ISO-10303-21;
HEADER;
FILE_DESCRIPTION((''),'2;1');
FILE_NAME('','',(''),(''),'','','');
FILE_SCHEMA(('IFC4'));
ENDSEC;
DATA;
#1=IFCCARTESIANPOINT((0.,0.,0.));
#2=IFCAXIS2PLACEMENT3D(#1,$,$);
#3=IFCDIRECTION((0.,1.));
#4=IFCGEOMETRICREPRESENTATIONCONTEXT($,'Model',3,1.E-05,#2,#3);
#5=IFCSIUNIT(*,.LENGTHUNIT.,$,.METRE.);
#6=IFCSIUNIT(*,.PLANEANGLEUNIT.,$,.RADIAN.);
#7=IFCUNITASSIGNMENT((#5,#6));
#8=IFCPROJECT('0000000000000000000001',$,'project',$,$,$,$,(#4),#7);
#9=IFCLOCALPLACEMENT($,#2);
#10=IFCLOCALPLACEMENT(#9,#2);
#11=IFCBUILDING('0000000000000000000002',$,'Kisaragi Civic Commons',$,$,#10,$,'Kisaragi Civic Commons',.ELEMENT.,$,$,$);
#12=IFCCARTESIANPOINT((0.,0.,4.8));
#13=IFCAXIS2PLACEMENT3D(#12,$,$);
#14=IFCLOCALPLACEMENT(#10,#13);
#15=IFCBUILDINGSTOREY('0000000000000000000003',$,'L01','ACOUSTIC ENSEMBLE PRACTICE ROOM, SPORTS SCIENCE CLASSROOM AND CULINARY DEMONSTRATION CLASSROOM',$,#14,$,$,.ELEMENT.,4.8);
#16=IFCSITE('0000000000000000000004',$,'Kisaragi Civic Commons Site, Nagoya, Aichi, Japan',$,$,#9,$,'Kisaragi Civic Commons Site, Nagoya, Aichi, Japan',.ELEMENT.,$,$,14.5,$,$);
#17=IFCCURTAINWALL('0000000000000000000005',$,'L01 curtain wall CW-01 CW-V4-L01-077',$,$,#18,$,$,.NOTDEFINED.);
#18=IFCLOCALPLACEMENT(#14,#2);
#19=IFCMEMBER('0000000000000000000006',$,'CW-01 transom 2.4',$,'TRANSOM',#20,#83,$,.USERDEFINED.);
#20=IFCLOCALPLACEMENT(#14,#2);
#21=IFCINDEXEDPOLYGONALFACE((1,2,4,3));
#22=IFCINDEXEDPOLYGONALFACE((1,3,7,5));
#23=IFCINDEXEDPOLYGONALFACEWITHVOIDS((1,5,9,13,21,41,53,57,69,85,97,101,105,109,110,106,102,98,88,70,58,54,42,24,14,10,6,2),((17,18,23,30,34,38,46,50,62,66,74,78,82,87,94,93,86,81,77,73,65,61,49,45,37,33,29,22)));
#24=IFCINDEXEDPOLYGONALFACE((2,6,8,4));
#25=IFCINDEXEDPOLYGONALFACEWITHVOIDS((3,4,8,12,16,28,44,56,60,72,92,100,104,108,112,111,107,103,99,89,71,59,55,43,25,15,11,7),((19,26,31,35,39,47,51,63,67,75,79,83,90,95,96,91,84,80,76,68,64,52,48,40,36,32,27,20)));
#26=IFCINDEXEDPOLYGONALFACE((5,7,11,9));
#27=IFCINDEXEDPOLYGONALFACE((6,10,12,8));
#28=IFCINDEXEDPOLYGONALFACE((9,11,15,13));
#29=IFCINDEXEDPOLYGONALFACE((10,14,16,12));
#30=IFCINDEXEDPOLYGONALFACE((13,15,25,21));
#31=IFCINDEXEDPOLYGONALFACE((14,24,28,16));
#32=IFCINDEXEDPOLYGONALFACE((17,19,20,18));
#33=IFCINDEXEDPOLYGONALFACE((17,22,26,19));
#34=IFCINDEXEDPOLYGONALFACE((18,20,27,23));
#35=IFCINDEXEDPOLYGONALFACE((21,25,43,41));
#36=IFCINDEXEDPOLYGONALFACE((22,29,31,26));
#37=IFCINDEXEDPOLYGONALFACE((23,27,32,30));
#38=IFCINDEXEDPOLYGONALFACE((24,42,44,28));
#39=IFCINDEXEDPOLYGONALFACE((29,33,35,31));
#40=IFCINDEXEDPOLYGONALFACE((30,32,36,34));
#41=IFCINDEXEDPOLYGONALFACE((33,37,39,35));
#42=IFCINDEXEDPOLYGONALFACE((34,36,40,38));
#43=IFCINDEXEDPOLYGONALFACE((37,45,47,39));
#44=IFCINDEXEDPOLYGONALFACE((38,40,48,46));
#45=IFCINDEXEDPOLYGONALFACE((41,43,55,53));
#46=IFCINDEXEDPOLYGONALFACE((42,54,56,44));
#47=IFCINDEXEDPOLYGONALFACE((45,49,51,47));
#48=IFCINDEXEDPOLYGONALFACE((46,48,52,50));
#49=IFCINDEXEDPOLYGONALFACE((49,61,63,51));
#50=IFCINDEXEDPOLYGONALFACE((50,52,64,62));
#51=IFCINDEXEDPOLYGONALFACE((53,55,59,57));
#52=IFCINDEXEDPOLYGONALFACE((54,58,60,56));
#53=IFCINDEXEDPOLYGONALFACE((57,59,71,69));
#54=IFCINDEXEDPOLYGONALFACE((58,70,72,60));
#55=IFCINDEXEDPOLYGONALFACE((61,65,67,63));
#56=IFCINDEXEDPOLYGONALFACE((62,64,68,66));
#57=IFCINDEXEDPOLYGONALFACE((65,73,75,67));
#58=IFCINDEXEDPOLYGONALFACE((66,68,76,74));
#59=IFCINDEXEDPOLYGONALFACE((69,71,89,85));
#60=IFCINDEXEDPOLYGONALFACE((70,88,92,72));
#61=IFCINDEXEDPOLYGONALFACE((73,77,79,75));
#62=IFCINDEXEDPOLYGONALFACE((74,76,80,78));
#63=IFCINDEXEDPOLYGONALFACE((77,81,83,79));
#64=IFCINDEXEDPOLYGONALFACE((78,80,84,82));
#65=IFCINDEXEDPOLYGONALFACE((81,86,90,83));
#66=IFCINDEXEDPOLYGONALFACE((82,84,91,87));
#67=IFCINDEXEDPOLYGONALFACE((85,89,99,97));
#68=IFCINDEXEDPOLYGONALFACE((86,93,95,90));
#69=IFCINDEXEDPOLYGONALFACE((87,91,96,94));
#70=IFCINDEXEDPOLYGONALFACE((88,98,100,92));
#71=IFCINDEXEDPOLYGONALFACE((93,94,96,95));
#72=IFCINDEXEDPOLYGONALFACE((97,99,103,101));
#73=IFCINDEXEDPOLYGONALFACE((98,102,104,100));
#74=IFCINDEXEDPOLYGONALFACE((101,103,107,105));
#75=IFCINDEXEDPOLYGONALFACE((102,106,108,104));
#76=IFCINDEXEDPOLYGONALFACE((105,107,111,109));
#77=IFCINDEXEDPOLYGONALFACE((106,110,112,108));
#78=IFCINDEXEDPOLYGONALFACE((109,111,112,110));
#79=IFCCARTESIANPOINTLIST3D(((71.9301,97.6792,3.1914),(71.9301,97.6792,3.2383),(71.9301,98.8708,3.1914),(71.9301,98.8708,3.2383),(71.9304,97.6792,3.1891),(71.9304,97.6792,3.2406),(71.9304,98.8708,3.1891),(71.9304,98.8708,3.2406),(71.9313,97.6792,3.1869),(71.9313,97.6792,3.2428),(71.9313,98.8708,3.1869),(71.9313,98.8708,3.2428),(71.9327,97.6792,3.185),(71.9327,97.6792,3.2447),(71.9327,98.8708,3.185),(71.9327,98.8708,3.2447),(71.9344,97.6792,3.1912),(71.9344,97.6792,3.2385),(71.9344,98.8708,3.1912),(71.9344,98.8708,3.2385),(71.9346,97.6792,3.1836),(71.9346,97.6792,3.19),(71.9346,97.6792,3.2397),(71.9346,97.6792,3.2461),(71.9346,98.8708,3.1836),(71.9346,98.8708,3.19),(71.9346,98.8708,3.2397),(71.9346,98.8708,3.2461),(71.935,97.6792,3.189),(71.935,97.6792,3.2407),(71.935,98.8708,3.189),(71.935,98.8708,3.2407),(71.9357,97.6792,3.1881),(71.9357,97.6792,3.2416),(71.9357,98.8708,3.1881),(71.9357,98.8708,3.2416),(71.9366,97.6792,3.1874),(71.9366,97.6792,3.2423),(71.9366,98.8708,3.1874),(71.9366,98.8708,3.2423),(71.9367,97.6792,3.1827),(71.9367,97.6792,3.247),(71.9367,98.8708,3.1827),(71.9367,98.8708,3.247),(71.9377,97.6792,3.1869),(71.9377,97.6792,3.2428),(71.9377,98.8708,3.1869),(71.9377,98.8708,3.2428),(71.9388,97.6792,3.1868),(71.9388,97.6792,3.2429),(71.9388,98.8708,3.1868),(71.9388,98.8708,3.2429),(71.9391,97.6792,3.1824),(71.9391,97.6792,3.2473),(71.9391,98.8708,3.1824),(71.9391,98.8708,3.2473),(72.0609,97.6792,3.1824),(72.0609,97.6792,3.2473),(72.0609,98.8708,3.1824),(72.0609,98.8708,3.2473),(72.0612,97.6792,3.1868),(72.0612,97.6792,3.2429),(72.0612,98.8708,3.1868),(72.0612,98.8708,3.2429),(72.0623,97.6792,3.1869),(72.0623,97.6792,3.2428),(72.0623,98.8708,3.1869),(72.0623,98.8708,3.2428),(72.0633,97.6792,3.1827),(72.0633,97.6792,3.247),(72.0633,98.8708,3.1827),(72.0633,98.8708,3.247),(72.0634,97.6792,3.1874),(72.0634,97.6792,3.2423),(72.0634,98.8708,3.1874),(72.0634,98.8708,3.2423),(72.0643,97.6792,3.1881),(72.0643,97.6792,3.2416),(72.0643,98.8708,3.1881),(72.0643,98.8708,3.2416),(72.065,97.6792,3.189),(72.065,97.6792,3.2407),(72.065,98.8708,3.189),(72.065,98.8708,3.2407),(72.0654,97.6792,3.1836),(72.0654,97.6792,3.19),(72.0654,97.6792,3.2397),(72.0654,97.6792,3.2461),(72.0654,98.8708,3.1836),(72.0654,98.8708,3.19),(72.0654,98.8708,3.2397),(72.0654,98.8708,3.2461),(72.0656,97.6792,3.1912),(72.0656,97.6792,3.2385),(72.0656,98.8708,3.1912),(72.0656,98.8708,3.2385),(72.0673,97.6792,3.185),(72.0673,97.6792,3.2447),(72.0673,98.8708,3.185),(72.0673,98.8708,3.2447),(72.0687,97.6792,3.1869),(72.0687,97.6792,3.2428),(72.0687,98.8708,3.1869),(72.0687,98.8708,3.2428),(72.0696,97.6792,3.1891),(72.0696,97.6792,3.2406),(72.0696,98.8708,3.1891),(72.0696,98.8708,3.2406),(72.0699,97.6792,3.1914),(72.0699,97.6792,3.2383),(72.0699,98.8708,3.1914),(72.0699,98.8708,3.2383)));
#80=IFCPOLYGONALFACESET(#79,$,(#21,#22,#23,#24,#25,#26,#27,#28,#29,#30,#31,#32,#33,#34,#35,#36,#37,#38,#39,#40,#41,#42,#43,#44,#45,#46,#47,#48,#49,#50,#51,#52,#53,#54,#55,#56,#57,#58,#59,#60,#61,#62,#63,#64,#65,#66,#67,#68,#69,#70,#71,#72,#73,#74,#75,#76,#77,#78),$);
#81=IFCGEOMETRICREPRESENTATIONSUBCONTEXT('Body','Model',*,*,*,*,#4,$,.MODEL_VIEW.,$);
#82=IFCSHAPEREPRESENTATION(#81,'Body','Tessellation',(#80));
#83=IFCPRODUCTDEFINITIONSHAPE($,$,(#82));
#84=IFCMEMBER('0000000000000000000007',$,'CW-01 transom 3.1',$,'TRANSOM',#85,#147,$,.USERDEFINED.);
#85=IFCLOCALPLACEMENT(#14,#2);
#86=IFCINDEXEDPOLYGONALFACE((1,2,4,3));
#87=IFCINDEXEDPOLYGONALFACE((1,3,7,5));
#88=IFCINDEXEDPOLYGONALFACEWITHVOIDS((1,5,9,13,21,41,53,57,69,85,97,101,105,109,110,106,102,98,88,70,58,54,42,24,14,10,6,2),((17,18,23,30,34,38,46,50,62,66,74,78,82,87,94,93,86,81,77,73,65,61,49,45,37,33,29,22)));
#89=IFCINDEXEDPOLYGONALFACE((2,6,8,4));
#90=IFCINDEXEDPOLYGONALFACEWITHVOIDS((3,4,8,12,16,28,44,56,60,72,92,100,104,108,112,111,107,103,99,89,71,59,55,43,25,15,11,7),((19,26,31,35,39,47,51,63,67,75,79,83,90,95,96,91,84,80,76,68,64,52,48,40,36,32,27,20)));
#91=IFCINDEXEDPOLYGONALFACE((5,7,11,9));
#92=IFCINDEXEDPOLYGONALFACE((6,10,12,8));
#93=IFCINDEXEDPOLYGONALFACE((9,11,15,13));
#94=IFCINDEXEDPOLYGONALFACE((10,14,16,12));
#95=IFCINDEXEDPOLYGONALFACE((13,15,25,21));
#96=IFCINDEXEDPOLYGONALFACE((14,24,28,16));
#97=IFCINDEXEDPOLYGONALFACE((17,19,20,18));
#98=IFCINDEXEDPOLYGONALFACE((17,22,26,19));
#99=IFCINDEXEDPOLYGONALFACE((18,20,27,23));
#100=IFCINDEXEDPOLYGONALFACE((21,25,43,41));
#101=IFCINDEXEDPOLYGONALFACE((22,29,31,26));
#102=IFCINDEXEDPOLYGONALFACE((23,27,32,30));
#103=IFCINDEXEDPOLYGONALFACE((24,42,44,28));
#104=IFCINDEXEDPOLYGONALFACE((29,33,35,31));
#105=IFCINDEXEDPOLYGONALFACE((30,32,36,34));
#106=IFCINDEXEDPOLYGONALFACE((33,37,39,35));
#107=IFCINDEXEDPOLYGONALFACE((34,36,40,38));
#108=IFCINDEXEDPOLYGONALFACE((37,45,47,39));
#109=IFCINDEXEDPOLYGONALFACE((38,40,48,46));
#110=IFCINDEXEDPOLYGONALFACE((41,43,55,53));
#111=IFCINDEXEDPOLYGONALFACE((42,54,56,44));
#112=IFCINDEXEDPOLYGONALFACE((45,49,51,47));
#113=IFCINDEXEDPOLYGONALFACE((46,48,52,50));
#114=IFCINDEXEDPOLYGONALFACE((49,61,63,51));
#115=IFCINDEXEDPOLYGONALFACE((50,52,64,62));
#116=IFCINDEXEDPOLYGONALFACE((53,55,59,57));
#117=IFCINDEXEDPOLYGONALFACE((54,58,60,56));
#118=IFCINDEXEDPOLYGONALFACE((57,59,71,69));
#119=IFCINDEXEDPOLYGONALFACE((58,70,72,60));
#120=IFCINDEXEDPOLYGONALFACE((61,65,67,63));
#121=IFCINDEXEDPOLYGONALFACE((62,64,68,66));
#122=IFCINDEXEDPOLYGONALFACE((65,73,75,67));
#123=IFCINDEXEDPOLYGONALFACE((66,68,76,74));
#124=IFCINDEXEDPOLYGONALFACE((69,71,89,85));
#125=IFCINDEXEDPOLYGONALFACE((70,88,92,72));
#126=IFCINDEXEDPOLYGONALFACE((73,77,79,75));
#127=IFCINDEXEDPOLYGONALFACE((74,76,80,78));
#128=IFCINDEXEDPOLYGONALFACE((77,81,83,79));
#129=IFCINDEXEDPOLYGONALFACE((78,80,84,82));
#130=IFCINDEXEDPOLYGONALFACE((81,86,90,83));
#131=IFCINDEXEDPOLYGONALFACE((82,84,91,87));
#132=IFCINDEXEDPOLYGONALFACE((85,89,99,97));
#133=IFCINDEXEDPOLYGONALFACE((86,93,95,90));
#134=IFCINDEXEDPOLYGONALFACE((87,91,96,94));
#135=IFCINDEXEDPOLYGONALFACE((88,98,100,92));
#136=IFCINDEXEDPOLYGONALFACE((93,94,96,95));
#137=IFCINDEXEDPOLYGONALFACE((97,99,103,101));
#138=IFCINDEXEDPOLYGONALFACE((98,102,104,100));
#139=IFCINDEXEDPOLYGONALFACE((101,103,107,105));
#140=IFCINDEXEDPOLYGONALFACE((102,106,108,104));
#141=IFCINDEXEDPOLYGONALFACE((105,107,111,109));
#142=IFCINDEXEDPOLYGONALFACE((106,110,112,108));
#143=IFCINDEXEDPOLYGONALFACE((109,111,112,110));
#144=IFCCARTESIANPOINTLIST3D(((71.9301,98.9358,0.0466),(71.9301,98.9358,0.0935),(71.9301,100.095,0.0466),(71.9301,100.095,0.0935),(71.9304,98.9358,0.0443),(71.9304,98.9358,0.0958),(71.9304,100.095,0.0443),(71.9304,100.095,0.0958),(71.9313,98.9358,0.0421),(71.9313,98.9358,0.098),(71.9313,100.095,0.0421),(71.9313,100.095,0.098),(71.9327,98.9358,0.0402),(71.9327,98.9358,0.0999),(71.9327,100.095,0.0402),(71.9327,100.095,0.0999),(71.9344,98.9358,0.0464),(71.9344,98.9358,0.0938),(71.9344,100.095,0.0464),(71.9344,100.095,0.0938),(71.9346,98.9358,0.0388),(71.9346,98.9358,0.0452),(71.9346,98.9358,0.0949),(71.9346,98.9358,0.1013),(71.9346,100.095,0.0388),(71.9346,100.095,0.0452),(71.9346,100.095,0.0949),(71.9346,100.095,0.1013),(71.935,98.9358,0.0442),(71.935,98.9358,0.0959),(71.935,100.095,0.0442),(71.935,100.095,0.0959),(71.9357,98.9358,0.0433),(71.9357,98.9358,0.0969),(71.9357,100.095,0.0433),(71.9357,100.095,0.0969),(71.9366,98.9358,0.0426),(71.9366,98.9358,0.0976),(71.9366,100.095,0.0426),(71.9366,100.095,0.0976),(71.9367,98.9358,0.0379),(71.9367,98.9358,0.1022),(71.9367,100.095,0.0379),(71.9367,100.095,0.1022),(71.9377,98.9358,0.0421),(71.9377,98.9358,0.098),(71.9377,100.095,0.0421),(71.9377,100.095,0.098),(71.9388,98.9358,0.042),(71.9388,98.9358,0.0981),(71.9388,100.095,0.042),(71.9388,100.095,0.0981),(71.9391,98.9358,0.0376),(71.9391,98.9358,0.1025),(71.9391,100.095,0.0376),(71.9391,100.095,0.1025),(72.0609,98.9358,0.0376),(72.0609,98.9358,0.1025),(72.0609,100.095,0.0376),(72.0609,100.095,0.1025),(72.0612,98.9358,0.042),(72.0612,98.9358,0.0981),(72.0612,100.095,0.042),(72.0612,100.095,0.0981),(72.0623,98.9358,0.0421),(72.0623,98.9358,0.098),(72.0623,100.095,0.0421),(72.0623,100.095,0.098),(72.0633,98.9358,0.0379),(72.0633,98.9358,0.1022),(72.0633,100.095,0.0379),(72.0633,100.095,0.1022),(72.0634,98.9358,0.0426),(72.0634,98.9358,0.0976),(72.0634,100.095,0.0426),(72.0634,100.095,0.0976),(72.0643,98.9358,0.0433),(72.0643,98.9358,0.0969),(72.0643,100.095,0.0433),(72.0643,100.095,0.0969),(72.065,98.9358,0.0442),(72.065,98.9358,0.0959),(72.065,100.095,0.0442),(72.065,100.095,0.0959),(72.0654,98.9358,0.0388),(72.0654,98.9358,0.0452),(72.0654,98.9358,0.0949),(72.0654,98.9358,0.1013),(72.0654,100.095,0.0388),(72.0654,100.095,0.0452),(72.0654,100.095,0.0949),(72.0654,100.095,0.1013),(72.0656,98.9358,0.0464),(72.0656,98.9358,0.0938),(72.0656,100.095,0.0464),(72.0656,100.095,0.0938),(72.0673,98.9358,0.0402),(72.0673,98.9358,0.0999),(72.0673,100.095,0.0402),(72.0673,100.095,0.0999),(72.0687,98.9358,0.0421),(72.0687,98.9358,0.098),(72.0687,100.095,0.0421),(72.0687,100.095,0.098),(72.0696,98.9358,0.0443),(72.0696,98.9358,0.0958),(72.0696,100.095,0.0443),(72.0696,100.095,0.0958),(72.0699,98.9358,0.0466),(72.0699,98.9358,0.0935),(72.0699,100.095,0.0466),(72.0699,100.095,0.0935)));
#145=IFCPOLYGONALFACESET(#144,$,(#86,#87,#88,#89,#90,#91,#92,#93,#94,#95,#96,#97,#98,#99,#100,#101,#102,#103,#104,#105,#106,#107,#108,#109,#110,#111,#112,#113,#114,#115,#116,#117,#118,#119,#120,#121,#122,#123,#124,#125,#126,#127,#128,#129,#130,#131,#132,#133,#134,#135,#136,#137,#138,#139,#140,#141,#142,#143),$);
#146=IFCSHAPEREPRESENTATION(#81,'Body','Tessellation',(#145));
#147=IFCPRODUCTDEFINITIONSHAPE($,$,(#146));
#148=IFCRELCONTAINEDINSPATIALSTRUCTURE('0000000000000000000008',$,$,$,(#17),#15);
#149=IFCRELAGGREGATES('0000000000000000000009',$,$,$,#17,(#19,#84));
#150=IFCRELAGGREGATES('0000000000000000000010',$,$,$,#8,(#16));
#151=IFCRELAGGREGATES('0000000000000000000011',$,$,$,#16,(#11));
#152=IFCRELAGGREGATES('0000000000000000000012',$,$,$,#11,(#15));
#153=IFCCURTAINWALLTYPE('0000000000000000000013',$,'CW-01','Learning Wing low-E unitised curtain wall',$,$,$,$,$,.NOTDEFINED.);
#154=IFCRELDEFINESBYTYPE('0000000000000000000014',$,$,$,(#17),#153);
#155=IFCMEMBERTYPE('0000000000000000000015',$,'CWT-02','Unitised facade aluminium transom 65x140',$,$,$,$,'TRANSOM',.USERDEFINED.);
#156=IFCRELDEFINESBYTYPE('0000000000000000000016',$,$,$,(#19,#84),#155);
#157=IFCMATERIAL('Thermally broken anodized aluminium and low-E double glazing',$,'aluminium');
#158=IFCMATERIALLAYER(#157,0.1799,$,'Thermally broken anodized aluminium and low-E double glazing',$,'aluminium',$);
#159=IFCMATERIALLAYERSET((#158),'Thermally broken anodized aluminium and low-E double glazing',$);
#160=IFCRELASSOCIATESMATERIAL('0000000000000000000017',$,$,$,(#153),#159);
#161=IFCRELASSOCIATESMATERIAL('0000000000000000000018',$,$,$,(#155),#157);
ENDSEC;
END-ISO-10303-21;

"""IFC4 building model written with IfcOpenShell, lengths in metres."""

from ifc_helpers import new_model, si_unit, direction, frame, origin, origin_2d, place, context, subcontext, project, spatial, hollow_rectangle, extrude, material, layer, layer_set, material_profile, profile_set, type_object, element, aggregate, save


model = new_model("IFC4")

# Units and contexts
model_context = context("Model", 3, precision=1e-05, world=origin(), true_north=direction((0.0, 1.0)))
body_context = subcontext(model_context, "Body", "Model", "MODEL_VIEW")
ifc_project = project(units=[si_unit("LENGTHUNIT", "METRE"), si_unit("PLANEANGLEUNIT", "RADIAN")], contexts=[model_context])

# Site, building, storey
site_placement = place(None, origin())
site = spatial("IfcSite", under=ifc_project, at=site_placement, Name="Kisaragi Civic Commons Site, Nagoya, Aichi, Japan", LongName="Kisaragi Civic Commons Site, Nagoya, Aichi, Japan", CompositionType="ELEMENT", RefElevation=14.5)
building_placement = place(site_placement, origin())
building = spatial("IfcBuilding", under=site, at=building_placement, Name="Kisaragi Civic Commons", LongName="Kisaragi Civic Commons", CompositionType="ELEMENT")
storey_placement = place(building_placement, frame((0.0, 0.0, 4.8)))
storey = spatial("IfcBuildingStorey", under=building, at=storey_placement, Name="L01", Description="ACOUSTIC ENSEMBLE PRACTICE ROOM, SPORTS SCIENCE CLASSROOM AND CULINARY DEMONSTRATION CLASSROOM", CompositionType="ELEMENT", Elevation=4.8)

# Curtain wall, members
ifc_material_1 = material(Name="Thermally broken anodized aluminium and low-E double glazing", Category="aluminium")
ifc_layer_1 = layer(ifc_material_1, 0.1799, Name="Thermally broken anodized aluminium and low-E double glazing", Category="aluminium")
ifc_layer_set_1 = layer_set([ifc_layer_1], Name="Thermally broken anodized aluminium and low-E double glazing")
curtain_wall_type = type_object("IfcCurtainWallType", Name="CW-01", Description="Learning Wing low-E unitised curtain wall", PredefinedType="NOTDEFINED", material=ifc_layer_set_1)
curtain_wall_placement = place(storey_placement, origin())
curtain_wall = element("IfcCurtainWall", 1, at=curtain_wall_placement, inside=storey, type_object=curtain_wall_type, Name="L01 curtain wall CW-01 CW-V4-L01-077", PredefinedType="NOTDEFINED")
ifc_material_profile_1 = material_profile(ifc_material_1, hollow_rectangle(XDim=0.1399, YDim=0.0649, WallThickness=0.0044, InnerFilletRadius=0.0044, OuterFilletRadius=0.009, at=origin_2d()), Name="CWT-65x140x4.5", Category="aluminium")
ifc_profile_set_1 = profile_set([ifc_material_profile_1], Name="Thermally broken anodized aluminium and low-E double glazing")
member_type_1 = type_object("IfcMemberType", Name="CWT-02", Description="Unitised facade aluminium transom 65x140", ElementType="TRANSOM", PredefinedType="USERDEFINED", material=ifc_profile_set_1)
member_1_placement = place(storey_placement, frame((72.0, 97.6792, 3.2148), z_axis=(0.0, 1.0, 0.0), x_axis=(-1.0, 0.0, 0.0)))
member_1 = element("IfcMember", 2, at=member_1_placement, type_object=member_type_1, Name="CW-01 transom 2.4", ObjectType="TRANSOM", PredefinedType="USERDEFINED", context=body_context, shape_type="SweptSolid", body=[
    extrude(hollow_rectangle(XDim=0.1399, YDim=0.0649, WallThickness=0.0044, InnerFilletRadius=0.0044, OuterFilletRadius=0.009, at=origin_2d()), origin(), (0.0, 0.0, 1.0), 1.1917),
])
member_2_placement = place(storey_placement, frame((72.0, 98.9358, 0.0701), z_axis=(0.0, 1.0, 0.0), x_axis=(-1.0, 0.0, 0.0)))
member_2 = element("IfcMember", 3, at=member_2_placement, type_object=member_type_1, Name="CW-01 transom 3.1", ObjectType="TRANSOM", PredefinedType="USERDEFINED", context=body_context, shape_type="SweptSolid", body=[
    extrude(hollow_rectangle(XDim=0.1399, YDim=0.0649, WallThickness=0.0044, InnerFilletRadius=0.0044, OuterFilletRadius=0.009, at=origin_2d()), origin(), (0.0, 0.0, 1.0), 1.1592),
])

aggregate(curtain_wall, [member_1, member_2])

save(model, "model.ifc")
